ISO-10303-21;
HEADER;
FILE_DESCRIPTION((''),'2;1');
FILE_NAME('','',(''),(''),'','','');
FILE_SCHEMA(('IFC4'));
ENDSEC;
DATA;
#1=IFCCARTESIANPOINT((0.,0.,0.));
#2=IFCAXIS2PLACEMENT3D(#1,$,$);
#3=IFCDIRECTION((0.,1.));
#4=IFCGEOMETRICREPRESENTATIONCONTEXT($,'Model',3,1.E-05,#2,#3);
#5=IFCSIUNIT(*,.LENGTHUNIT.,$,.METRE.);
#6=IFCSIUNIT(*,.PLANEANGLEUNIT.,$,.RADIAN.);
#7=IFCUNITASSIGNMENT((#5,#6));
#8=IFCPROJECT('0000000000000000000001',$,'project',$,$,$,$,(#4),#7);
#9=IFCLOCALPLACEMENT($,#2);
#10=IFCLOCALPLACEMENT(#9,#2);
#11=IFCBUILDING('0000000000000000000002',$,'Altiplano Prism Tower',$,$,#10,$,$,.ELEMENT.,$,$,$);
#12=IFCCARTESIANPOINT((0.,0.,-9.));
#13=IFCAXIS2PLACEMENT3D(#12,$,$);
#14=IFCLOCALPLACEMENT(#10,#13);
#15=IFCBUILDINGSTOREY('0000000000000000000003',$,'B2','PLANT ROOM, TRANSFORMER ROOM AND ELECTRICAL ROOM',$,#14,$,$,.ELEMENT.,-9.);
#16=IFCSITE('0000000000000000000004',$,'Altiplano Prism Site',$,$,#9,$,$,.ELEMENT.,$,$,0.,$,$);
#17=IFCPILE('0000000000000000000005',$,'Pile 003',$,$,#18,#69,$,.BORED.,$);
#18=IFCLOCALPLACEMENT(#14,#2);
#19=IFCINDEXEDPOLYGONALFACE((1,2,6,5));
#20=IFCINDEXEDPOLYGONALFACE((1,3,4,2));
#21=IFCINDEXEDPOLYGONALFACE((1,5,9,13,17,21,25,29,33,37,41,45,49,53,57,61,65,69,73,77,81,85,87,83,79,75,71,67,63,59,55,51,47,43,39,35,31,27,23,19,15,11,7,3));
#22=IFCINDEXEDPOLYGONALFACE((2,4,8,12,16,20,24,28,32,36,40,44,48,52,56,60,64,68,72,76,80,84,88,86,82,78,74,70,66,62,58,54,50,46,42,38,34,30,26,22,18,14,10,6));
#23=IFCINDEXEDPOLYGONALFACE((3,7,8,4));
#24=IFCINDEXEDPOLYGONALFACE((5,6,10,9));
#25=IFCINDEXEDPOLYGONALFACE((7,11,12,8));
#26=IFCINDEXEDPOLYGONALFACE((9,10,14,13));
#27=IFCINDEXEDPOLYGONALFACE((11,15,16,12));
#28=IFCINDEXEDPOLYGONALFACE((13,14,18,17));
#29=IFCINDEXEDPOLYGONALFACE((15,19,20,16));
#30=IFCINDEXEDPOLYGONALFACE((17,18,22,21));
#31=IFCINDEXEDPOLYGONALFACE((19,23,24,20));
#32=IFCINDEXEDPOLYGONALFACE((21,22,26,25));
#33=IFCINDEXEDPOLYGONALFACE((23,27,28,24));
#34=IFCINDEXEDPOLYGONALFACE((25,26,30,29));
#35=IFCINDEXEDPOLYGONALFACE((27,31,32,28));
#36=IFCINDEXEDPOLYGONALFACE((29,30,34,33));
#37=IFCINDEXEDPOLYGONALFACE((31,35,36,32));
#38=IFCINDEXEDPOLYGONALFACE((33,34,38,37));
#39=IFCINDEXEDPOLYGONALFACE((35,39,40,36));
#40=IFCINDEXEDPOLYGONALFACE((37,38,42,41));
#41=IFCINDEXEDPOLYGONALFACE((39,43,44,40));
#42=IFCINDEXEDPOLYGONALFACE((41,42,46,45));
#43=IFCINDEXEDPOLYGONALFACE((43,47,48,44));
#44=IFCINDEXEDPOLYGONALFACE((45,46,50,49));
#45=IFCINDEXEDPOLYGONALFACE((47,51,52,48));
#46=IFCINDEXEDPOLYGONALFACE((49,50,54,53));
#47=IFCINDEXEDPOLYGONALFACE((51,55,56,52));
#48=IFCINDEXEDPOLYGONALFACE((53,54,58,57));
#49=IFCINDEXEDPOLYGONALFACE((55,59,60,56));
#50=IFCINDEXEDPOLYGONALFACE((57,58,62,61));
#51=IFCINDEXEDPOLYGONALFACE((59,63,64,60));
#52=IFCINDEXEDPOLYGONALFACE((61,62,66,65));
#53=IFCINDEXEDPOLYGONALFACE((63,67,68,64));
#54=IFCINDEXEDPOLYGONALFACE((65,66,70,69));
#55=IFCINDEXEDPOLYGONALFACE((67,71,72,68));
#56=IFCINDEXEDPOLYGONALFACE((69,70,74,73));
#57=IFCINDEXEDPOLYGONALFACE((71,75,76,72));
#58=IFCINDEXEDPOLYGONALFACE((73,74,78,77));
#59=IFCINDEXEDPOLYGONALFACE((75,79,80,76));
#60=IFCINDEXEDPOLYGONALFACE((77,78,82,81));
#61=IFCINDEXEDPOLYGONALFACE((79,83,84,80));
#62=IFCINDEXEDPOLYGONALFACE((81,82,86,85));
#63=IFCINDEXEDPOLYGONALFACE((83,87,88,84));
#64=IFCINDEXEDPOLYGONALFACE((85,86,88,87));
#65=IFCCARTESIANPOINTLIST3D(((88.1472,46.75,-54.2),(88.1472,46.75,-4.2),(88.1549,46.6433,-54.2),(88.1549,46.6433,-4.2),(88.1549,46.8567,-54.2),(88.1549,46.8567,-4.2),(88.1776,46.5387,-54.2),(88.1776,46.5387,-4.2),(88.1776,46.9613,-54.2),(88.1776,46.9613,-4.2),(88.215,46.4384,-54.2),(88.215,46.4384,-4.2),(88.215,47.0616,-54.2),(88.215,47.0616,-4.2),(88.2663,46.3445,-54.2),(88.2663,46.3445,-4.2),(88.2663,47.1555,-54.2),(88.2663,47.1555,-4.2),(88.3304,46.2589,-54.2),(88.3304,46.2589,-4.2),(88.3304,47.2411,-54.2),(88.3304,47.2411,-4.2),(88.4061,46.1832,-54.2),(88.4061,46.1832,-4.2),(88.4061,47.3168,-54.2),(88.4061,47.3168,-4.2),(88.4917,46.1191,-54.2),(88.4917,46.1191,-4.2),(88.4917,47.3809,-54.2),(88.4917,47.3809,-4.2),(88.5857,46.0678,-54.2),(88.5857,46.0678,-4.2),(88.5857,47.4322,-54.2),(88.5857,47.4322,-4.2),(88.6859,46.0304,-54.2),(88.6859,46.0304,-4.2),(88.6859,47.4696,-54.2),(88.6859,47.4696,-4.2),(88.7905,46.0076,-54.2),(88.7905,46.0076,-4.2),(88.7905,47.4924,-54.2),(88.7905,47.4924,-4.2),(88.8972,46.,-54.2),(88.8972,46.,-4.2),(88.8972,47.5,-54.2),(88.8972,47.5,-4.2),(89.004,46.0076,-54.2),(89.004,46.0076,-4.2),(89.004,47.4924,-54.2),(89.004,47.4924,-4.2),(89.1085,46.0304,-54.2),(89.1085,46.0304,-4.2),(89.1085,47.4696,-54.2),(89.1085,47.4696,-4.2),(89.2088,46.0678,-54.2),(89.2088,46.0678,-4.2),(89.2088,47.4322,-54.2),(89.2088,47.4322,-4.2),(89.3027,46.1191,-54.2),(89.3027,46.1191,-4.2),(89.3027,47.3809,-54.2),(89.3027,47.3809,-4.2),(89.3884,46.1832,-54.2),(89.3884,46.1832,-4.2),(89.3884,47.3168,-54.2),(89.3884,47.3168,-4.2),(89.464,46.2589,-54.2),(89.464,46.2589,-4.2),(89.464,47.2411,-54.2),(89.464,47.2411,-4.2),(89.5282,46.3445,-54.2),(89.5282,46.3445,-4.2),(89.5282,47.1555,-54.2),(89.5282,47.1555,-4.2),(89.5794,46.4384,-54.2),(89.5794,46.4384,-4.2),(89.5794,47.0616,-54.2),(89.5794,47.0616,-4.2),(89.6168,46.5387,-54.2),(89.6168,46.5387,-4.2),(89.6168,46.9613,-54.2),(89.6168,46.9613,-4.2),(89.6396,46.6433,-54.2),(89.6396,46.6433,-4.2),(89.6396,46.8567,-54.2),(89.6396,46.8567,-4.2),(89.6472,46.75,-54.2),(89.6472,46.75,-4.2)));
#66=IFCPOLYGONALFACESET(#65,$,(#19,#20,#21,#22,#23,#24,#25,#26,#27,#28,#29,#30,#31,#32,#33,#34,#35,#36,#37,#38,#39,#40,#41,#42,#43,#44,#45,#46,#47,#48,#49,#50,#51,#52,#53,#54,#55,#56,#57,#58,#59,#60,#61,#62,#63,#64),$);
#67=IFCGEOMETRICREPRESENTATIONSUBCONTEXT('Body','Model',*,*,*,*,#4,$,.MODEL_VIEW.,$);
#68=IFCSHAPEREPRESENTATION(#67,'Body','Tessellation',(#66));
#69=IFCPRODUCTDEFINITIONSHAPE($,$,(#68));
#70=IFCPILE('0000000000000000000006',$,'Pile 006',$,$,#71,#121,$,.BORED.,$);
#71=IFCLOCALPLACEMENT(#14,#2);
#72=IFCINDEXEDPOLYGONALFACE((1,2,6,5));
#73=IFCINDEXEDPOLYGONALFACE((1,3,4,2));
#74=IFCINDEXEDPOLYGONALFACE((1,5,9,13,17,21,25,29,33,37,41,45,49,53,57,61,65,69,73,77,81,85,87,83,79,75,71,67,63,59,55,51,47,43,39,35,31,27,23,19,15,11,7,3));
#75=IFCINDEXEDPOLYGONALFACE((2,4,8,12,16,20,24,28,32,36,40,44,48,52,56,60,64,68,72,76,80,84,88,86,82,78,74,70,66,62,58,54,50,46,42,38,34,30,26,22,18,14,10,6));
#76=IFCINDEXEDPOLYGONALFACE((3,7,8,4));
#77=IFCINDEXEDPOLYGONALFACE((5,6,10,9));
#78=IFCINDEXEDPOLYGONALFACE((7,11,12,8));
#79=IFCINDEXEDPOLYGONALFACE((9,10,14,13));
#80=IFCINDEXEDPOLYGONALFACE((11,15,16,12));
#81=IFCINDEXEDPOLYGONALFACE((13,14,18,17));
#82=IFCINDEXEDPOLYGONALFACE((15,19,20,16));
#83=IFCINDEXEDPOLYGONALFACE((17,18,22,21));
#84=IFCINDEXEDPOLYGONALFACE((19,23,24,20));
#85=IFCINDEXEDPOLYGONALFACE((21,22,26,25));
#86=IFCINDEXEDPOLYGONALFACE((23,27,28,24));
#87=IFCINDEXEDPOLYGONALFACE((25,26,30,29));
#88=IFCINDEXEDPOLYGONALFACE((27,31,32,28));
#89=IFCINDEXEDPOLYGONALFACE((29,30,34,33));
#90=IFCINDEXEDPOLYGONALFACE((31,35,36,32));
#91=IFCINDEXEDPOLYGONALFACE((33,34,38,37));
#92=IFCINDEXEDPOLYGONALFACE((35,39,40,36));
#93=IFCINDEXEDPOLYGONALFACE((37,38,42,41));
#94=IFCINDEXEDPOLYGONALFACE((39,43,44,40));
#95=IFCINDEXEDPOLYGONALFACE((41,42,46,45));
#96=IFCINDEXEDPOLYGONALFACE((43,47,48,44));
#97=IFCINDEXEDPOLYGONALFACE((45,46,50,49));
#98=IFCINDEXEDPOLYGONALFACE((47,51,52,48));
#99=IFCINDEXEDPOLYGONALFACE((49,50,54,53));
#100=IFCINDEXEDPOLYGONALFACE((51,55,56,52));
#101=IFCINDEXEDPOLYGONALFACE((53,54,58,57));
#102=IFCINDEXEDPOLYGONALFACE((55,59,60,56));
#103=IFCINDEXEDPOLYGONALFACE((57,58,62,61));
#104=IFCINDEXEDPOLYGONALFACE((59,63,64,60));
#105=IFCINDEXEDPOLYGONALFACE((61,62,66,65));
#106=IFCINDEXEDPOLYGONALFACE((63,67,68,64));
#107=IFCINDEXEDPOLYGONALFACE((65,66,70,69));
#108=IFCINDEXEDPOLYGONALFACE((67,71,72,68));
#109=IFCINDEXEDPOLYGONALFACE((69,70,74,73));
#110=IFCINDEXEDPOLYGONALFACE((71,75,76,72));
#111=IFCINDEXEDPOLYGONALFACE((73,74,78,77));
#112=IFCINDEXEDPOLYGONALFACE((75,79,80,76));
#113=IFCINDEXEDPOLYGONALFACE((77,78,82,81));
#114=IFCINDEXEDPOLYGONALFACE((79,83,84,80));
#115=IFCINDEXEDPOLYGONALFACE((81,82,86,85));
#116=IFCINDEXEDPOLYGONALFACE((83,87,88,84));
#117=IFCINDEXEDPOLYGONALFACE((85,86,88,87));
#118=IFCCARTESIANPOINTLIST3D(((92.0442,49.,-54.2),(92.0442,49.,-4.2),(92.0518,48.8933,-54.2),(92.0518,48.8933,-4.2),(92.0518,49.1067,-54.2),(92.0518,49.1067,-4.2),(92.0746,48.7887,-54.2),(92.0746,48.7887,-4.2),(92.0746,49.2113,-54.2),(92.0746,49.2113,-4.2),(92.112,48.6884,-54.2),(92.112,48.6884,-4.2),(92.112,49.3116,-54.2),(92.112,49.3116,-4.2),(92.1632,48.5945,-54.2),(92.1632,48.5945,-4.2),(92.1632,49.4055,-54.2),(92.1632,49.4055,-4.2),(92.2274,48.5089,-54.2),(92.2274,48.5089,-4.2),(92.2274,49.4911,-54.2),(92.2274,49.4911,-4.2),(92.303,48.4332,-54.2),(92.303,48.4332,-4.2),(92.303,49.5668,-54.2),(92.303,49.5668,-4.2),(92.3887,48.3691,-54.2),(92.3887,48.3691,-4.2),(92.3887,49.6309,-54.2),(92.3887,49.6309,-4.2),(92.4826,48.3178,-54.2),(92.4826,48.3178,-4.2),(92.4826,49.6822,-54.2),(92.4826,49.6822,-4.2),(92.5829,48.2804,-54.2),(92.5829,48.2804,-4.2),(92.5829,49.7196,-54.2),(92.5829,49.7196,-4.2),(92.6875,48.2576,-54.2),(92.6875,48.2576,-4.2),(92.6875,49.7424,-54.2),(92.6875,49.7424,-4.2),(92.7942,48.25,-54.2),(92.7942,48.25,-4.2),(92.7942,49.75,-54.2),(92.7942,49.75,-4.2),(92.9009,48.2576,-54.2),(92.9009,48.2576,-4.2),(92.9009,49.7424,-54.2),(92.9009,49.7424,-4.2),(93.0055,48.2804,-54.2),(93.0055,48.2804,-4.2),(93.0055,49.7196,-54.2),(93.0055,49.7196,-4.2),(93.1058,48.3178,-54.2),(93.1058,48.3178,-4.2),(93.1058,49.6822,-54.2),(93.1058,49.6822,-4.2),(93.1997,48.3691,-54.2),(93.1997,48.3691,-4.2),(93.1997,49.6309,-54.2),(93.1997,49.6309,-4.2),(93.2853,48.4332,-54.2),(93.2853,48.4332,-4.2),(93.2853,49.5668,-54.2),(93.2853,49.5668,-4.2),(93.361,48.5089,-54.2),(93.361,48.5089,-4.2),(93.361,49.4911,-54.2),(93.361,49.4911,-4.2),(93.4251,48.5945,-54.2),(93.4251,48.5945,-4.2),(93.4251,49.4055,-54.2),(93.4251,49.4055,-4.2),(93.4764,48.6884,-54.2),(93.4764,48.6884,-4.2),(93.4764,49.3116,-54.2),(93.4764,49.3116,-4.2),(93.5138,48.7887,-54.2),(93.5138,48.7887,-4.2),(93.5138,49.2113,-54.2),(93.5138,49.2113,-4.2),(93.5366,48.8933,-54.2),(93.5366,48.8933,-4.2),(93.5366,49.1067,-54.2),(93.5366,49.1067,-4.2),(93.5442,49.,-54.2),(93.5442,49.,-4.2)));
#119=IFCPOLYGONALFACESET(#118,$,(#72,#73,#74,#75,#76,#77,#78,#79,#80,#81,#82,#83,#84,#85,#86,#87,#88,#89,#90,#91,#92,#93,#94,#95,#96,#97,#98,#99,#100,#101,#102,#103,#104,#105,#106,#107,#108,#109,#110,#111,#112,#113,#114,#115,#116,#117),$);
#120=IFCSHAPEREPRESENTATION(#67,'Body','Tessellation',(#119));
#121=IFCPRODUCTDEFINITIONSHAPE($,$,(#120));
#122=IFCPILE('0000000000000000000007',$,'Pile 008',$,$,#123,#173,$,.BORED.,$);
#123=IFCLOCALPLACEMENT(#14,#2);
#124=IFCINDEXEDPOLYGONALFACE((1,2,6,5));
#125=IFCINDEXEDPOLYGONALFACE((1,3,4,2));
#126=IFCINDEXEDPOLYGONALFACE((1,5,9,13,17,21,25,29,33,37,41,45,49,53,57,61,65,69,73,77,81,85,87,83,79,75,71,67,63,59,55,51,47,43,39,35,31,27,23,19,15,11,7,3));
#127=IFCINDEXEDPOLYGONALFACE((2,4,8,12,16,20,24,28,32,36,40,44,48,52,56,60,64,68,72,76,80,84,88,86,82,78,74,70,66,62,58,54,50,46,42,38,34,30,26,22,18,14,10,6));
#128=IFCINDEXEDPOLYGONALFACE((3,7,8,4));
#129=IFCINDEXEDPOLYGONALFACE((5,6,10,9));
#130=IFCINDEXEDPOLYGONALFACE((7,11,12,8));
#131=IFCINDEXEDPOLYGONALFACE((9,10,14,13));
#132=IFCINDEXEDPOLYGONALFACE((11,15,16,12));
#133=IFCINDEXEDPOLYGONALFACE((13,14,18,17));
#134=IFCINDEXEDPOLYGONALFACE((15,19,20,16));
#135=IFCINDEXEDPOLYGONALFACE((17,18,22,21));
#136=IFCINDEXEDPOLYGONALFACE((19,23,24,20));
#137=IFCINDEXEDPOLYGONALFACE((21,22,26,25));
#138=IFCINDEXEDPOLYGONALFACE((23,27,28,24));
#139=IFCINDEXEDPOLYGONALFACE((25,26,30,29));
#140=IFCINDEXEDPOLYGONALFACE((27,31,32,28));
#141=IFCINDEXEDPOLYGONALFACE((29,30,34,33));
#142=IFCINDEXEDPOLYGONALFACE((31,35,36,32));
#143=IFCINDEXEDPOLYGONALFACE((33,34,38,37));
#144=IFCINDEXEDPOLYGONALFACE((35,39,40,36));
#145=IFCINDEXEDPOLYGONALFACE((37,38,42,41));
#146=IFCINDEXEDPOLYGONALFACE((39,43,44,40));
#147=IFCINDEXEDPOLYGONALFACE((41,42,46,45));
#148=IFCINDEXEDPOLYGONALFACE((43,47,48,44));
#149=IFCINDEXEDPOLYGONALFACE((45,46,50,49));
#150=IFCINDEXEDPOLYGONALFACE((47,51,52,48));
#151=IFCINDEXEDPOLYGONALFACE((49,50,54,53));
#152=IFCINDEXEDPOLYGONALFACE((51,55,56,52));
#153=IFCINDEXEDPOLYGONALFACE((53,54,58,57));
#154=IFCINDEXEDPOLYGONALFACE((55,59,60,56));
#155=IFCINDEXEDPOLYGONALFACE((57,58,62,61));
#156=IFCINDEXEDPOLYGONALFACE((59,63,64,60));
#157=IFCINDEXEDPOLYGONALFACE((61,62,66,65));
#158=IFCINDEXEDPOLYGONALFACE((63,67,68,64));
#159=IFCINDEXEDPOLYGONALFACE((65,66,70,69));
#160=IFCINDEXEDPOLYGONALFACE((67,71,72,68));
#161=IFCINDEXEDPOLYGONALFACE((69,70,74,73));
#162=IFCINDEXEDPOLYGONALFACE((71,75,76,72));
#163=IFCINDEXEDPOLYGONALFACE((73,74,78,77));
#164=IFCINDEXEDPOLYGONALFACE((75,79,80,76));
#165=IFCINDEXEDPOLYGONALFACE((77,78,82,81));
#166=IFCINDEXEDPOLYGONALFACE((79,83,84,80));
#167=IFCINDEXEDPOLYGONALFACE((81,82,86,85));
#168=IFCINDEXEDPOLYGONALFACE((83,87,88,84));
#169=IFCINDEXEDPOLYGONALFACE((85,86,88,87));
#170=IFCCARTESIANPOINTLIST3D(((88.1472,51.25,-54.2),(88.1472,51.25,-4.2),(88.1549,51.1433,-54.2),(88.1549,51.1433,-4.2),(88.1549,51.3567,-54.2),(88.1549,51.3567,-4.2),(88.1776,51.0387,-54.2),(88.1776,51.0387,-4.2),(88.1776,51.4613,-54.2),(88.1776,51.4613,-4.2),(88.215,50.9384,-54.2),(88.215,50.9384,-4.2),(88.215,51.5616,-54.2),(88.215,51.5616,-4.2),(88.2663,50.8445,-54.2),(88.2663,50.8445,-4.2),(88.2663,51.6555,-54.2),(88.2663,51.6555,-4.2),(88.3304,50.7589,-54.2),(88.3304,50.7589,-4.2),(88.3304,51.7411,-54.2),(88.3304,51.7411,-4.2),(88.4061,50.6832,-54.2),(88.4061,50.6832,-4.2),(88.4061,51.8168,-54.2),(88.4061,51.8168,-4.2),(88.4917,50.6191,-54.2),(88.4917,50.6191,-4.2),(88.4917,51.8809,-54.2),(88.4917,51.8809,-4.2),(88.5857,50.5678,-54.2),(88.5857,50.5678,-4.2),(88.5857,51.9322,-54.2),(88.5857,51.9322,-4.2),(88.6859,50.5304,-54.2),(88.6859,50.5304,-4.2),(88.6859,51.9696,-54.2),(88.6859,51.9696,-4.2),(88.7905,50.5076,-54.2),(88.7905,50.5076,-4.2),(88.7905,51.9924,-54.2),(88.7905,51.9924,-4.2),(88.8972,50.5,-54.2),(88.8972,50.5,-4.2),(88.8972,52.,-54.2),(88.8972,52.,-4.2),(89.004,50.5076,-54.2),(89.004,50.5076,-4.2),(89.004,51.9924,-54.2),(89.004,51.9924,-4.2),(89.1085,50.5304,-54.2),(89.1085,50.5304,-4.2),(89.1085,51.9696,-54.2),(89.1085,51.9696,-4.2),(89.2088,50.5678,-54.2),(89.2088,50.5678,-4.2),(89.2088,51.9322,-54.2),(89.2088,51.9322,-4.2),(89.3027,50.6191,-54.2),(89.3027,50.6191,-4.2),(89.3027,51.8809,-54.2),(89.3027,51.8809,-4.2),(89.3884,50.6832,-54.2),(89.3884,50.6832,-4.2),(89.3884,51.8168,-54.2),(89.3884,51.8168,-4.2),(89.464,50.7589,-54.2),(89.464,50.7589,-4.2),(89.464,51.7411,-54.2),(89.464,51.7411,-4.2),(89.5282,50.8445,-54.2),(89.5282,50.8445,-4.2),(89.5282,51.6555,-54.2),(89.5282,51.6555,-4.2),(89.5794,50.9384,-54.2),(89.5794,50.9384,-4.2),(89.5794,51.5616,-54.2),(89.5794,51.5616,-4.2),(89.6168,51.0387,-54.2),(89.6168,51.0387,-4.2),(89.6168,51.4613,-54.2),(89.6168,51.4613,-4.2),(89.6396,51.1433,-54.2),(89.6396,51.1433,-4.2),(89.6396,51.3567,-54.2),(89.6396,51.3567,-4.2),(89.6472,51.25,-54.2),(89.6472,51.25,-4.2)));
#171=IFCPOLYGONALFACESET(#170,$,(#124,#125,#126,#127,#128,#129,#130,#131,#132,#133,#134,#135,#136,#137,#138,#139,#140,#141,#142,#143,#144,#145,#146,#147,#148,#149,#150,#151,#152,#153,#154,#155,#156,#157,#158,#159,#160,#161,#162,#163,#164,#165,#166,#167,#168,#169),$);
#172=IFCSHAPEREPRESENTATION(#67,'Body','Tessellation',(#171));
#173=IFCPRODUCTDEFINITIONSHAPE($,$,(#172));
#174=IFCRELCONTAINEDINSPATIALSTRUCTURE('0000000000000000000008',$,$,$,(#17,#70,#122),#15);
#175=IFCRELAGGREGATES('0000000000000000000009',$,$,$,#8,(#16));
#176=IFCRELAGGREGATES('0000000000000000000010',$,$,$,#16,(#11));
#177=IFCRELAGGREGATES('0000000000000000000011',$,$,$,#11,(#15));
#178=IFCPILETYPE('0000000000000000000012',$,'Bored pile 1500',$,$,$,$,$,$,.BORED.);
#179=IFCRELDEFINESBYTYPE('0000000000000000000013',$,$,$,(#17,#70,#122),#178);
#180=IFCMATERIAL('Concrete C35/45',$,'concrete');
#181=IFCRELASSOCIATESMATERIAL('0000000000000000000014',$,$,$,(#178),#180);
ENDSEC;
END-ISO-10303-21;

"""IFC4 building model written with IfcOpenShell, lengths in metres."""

from ifc_helpers import new_model, si_unit, direction, frame, origin, origin_2d, place, context, subcontext, project, spatial, circle, extrude, material, material_profile, profile_set, type_object, element, save


model = new_model("IFC4")

# Units and contexts
model_context = context("Model", 3, precision=1e-05, world=origin(), true_north=direction((0.0, 1.0)))
body_context = subcontext(model_context, "Body", "Model", "MODEL_VIEW")
ifc_project = project(units=[si_unit("LENGTHUNIT", "METRE"), si_unit("PLANEANGLEUNIT", "RADIAN")], contexts=[model_context])

# Site, building, storey
site_placement = place(None, origin())
site = spatial("IfcSite", under=ifc_project, at=site_placement, Name="Altiplano Prism Site", CompositionType="ELEMENT", RefElevation=0.0)
building_placement = place(site_placement, origin())
building = spatial("IfcBuilding", under=site, at=building_placement, Name="Altiplano Prism Tower", CompositionType="ELEMENT")
storey_placement = place(building_placement, frame((0.0, 0.0, -9.0)))
storey = spatial("IfcBuildingStorey", under=building, at=storey_placement, Name="B2", Description="PLANT ROOM, TRANSFORMER ROOM AND ELECTRICAL ROOM", CompositionType="ELEMENT", Elevation=-9.0)

# Piles
ifc_material_1 = material(Name="Concrete C35/45", Category="concrete")
ifc_material_profile_1 = material_profile(ifc_material_1, circle(Radius=0.75, at=origin_2d()), Name="Bored pile 1500")
ifc_profile_set_1 = profile_set([ifc_material_profile_1], Name="Concrete C35/45")
pile_type = type_object("IfcPileType", Name="Bored pile 1500", PredefinedType="BORED", material=ifc_profile_set_1)
for number, where, z_axis, x_axis, name in (
    (1, (88.8972, 46.75, -4.2), (0.0, 0.0, -1.0), (1.0, 0.0, 0.0), "Pile 003"),
    (2, (92.7942, 49.0, -4.2), (0.0, 0.0, -1.0), (1.0, 0.0, 0.0), "Pile 006"),
    (3, (88.8972, 51.25, -4.2), (0.0, 0.0, -1.0), (1.0, 0.0, 0.0), "Pile 008"),
):
    element("IfcPile", number, at=place(storey_placement, frame(where, z_axis=z_axis, x_axis=x_axis)), inside=storey, type_object=pile_type, Name=name, PredefinedType="BORED", context=body_context, shape_type="SweptSolid", body=[
        extrude(circle(Radius=0.75, at=origin_2d()), origin(), (0.0, 0.0, 1.0), 50.0),
    ])

save(model, "model.ifc")
